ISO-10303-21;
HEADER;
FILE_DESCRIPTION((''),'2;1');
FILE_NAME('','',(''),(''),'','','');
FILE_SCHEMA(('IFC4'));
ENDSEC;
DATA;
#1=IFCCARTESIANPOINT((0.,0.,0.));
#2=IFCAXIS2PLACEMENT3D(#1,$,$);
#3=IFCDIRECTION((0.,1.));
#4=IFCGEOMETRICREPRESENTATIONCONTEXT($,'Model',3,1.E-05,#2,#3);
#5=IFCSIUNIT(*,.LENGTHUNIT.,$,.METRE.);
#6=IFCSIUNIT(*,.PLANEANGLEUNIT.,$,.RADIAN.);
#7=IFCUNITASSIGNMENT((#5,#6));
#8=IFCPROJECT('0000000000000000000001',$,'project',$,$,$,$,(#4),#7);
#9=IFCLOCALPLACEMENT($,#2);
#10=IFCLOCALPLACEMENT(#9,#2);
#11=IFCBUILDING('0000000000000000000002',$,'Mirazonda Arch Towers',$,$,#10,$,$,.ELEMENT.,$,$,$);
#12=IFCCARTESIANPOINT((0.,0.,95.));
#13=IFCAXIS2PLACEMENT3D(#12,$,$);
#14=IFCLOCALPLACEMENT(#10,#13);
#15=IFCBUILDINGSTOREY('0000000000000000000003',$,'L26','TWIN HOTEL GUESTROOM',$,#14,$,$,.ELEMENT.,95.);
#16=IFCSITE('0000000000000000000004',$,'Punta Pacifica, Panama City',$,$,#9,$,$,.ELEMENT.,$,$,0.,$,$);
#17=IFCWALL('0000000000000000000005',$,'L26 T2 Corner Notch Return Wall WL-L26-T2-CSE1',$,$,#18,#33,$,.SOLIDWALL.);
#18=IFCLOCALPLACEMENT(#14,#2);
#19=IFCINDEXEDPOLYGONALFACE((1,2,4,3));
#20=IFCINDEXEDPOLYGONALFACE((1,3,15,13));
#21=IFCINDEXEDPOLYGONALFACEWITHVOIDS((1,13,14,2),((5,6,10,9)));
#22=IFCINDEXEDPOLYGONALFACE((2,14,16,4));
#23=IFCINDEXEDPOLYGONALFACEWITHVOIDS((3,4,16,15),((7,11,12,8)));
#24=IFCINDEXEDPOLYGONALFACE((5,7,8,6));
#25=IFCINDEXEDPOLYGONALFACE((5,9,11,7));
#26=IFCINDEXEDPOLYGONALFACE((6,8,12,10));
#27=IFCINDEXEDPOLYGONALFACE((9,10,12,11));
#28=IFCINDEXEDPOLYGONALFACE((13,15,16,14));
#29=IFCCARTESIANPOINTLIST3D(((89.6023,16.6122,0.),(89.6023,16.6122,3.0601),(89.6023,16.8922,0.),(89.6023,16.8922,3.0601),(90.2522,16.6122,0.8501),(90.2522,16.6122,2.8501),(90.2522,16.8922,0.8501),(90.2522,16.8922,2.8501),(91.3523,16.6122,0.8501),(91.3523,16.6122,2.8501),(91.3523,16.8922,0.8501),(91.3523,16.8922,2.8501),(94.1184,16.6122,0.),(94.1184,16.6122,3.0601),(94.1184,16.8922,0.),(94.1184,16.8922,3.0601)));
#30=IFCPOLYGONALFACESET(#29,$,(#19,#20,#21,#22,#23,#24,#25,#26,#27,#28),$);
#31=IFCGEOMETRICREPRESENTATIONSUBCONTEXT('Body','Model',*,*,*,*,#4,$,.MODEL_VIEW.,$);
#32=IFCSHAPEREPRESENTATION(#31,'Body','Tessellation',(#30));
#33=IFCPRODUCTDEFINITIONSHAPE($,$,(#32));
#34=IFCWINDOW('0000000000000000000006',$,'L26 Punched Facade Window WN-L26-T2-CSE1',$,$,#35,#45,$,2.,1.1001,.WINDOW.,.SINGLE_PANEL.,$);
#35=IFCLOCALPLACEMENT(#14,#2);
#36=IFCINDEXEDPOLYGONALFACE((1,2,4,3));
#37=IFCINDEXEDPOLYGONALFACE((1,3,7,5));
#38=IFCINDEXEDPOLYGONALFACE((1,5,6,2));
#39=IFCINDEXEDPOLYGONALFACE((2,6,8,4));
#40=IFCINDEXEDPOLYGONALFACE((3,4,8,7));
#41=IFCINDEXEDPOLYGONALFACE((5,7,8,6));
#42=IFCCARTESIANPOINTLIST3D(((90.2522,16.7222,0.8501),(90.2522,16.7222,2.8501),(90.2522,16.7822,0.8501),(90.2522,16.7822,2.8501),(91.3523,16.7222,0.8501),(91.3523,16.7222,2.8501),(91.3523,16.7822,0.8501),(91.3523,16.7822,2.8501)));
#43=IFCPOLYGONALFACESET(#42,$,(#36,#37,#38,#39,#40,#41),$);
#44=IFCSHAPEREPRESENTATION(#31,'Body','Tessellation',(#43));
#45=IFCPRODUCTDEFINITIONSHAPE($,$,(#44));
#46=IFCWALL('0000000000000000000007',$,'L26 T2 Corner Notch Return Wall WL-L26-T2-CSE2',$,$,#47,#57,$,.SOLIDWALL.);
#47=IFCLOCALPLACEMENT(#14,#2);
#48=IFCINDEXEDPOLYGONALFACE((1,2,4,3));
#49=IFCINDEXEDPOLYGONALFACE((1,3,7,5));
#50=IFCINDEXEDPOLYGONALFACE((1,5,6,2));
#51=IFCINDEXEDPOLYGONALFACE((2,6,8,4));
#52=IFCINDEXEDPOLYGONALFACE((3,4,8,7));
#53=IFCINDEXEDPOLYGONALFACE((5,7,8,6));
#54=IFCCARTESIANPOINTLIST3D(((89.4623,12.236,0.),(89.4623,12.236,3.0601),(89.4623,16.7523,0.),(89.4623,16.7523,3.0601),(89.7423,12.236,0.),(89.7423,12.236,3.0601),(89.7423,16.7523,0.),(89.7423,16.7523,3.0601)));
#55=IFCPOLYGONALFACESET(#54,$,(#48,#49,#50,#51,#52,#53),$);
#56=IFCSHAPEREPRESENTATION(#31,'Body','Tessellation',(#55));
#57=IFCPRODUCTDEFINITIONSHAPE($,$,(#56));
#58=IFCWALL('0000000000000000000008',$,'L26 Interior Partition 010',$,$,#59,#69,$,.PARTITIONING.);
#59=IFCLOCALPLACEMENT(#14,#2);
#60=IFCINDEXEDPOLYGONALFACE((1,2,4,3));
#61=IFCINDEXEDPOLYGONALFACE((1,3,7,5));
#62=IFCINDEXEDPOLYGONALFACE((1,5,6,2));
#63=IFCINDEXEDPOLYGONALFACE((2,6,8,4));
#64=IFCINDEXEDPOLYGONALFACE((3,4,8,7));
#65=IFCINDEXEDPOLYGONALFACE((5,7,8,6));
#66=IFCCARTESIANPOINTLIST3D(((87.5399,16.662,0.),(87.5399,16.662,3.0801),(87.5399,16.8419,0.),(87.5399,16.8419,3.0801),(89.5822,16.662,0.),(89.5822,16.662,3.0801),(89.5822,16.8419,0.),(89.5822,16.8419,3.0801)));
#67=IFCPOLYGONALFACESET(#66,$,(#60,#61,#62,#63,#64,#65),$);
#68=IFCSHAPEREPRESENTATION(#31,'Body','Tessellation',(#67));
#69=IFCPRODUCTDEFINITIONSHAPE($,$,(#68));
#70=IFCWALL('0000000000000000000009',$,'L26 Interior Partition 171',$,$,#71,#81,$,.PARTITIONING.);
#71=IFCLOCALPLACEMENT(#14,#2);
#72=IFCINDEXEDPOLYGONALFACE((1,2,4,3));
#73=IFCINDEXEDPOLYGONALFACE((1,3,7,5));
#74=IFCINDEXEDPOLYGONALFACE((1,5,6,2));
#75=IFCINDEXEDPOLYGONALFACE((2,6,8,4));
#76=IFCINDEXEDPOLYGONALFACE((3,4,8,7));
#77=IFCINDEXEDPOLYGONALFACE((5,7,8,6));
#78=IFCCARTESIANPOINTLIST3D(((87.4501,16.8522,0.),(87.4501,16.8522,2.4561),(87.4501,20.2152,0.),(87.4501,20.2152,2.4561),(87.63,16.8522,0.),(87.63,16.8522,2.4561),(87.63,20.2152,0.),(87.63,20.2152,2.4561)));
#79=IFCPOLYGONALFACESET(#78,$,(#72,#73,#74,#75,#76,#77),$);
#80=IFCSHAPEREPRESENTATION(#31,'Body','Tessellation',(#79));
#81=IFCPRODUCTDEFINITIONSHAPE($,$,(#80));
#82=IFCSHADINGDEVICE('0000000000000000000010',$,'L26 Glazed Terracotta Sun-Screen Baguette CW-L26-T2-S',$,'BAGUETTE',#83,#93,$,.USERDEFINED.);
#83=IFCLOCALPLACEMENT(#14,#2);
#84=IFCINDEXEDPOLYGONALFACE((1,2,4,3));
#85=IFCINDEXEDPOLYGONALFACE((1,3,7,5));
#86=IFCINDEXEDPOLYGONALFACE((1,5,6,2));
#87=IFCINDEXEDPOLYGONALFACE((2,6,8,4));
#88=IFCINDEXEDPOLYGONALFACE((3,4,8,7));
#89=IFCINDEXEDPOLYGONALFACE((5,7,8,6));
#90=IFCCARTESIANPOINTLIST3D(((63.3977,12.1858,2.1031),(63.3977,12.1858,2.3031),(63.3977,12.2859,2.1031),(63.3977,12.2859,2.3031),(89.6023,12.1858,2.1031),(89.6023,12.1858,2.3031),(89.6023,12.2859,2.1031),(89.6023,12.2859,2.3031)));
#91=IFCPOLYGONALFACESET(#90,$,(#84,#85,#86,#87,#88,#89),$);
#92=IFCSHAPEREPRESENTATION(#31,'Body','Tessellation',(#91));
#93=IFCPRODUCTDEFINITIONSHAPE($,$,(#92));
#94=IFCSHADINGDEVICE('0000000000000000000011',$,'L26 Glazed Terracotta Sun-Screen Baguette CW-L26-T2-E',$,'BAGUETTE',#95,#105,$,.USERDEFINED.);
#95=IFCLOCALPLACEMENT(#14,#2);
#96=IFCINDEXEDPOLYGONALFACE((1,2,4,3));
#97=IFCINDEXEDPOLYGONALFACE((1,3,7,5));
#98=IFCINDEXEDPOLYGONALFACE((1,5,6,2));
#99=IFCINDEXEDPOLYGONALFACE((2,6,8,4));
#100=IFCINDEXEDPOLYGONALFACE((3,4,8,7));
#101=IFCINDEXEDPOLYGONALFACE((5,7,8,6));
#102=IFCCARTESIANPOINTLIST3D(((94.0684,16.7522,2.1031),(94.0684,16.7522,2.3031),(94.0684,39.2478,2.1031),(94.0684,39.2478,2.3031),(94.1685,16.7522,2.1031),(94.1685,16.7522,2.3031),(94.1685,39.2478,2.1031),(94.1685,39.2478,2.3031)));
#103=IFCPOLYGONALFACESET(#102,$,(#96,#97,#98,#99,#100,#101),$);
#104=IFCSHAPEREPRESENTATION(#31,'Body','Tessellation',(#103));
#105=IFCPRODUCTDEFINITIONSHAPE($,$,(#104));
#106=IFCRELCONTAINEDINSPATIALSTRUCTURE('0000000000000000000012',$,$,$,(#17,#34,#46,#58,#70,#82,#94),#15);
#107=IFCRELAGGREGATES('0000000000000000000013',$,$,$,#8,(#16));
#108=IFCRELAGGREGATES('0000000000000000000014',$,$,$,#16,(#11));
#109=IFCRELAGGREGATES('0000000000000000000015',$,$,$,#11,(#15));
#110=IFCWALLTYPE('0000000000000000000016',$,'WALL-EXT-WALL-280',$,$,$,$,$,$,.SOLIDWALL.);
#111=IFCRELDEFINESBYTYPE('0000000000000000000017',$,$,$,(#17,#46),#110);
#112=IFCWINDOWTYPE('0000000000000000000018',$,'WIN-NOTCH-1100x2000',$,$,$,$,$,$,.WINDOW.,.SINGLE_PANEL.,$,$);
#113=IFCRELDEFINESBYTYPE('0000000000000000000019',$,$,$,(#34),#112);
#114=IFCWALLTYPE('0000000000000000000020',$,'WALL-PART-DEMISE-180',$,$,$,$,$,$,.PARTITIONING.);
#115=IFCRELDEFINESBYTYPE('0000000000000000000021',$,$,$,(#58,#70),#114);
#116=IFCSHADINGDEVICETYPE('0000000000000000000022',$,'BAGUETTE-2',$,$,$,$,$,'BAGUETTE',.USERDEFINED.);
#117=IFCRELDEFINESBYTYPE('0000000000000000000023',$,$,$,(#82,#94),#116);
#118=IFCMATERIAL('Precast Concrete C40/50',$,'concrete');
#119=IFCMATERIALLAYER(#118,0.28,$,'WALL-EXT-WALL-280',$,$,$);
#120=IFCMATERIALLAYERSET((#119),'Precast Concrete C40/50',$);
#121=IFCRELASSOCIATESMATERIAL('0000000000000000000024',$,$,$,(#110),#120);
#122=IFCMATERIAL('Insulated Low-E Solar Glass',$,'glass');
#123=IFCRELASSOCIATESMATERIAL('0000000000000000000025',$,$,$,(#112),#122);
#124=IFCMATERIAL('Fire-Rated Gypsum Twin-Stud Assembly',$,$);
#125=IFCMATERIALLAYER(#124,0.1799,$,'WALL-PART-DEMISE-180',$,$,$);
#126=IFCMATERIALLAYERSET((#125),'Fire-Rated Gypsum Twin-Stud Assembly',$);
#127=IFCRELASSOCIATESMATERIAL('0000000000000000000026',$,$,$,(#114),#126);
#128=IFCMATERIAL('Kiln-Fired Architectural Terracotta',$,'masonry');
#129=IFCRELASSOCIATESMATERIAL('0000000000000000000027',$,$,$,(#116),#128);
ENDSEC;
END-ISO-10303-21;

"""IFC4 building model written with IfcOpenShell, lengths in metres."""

from ifc_helpers import new_model, si_unit, direction, frame, frame_2d, origin, origin_2d, place, context, subcontext, project, spatial, rectangle, extrude, material, layer, layer_set, material_profile, profile_set, type_object, element, fill, save


model = new_model("IFC4")

# Units and contexts
model_context = context("Model", 3, precision=1e-05, world=origin(), true_north=direction((0.0, 1.0)))
body_context = subcontext(model_context, "Body", "Model", "MODEL_VIEW")
ifc_project = project(units=[si_unit("LENGTHUNIT", "METRE"), si_unit("PLANEANGLEUNIT", "RADIAN")], contexts=[model_context])

# Site, building, storey
site_placement = place(None, origin())
site = spatial("IfcSite", under=ifc_project, at=site_placement, Name="Punta Pacifica, Panama City", CompositionType="ELEMENT", RefElevation=0.0)
building_placement = place(site_placement, origin())
building = spatial("IfcBuilding", under=site, at=building_placement, Name="Mirazonda Arch Towers", CompositionType="ELEMENT")
storey_placement = place(building_placement, frame((0.0, 0.0, 95.0)))
storey = spatial("IfcBuildingStorey", under=building, at=storey_placement, Name="L26", Description="TWIN HOTEL GUESTROOM", CompositionType="ELEMENT", Elevation=95.0)

# Shared definitions
ifc_material_1 = material(Name="Insulated Low-E Solar Glass", Category="glass")

# Wall, opening, window
ifc_material_2 = material(Name="Precast Concrete C40/50", Category="concrete")
ifc_layer_1 = layer(ifc_material_2, 0.28, Name="WALL-EXT-WALL-280")
ifc_layer_set_1 = layer_set([ifc_layer_1], Name="Precast Concrete C40/50")
wall_type_1 = type_object("IfcWallType", Name="WALL-EXT-WALL-280", PredefinedType="SOLIDWALL", material=ifc_layer_set_1)
wall_1_placement = place(storey_placement, frame((89.6023, 16.7522, 0.0), z_axis=(0.0, 0.0, 1.0), x_axis=(1.0, 0.0, 0.0)))
wall_1 = element("IfcWall", 1, at=wall_1_placement, inside=storey, type_object=wall_type_1, Name="L26 T2 Corner Notch Return Wall WL-L26-T2-CSE1", PredefinedType="SOLIDWALL", context=body_context, shape_type="SweptSolid", body=[
    extrude(rectangle(XDim=4.5161, YDim=0.28, at=frame_2d((2.2581, 0.0))), origin(), (0.0, 0.0, 1.0), 3.0601),
])
opening_placement = place(wall_1_placement, frame((0.6499, 0.0, 0.8501)))
opening = element("IfcOpeningElement", 2, at=opening_placement, cuts=wall_1, PredefinedType="OPENING", context=body_context, shape_type="SweptSolid", body=[
    extrude(rectangle(XDim=1.1001, YDim=2.0, at=frame_2d((0.55, 1.0))), frame((0.0, 0.1499, 0.0), z_axis=(0.0, -1.0, 0.0), x_axis=(1.0, 0.0, 0.0)), (0.0, 0.0, 1.0), 0.3),
])
window_type = type_object("IfcWindowType", Name="WIN-NOTCH-1100x2000", PartitioningType="SINGLE_PANEL", PredefinedType="WINDOW", material=ifc_material_1)
window_placement = place(opening_placement, origin())
window = element("IfcWindow", 3, at=window_placement, inside=storey, type_object=window_type, Name="L26 Punched Facade Window WN-L26-T2-CSE1", OverallHeight=2.0, OverallWidth=1.1001, PartitioningType="SINGLE_PANEL", PredefinedType="WINDOW", context=body_context, shape_type="SweptSolid", body=[
    extrude(rectangle(XDim=1.1001, YDim=2.0, at=frame_2d((0.55, 1.0))), frame((0.0, 0.03, 0.0), z_axis=(0.0, -1.0, 0.0), x_axis=(1.0, 0.0, 0.0)), (0.0, 0.0, 1.0), 0.0601),
])
fill(opening, window)

# Walls
wall_2_placement = place(storey_placement, frame((89.6023, 12.2358, 0.0), z_axis=(0.0, 0.0, 1.0), x_axis=(0.0, 1.0, 0.0)))
element("IfcWall", 4, at=wall_2_placement, inside=storey, type_object=wall_type_1, Name="L26 T2 Corner Notch Return Wall WL-L26-T2-CSE2", PredefinedType="SOLIDWALL", context=body_context, shape_type="SweptSolid", body=[
    extrude(rectangle(XDim=4.5164, YDim=0.28, at=frame_2d((2.2583, 0.0))), origin(), (0.0, 0.0, 1.0), 3.0601),
])
ifc_material_3 = material(Name="Fire-Rated Gypsum Twin-Stud Assembly")
ifc_layer_2 = layer(ifc_material_3, 0.1799, Name="WALL-PART-DEMISE-180")
ifc_layer_set_2 = layer_set([ifc_layer_2], Name="Fire-Rated Gypsum Twin-Stud Assembly")
wall_type_2 = type_object("IfcWallType", Name="WALL-PART-DEMISE-180", PredefinedType="PARTITIONING", material=ifc_layer_set_2)
wall_3_placement = place(storey_placement, frame((87.54, 16.752, 0.0), z_axis=(0.0, 0.0, 1.0), x_axis=(1.0, 0.0, 0.0)))
element("IfcWall", 5, at=wall_3_placement, inside=storey, type_object=wall_type_2, Name="L26 Interior Partition 010", PredefinedType="PARTITIONING", context=body_context, shape_type="SweptSolid", body=[
    extrude(rectangle(XDim=2.0422, YDim=0.1799, at=frame_2d((1.021, 0.0))), origin(), (0.0, 0.0, 1.0), 3.0801),
])
wall_4_placement = place(storey_placement, frame((87.54, 16.8521, 0.0), z_axis=(0.0, 0.0, 1.0), x_axis=(0.0, 1.0, 0.0)))
element("IfcWall", 6, at=wall_4_placement, inside=storey, type_object=wall_type_2, Name="L26 Interior Partition 171", PredefinedType="PARTITIONING", context=body_context, shape_type="SweptSolid", body=[
    extrude(rectangle(XDim=3.363, YDim=0.1799, at=frame_2d((1.6816, 0.0))), origin(), (0.0, 0.0, 1.0), 2.4561),
])

# Shading devices
ifc_material_4 = material(Name="Kiln-Fired Architectural Terracotta", Category="masonry")
ifc_material_profile_1 = material_profile(ifc_material_4, rectangle(XDim=0.1001, YDim=0.2, at=origin_2d()), Name="TERRA-BAG-100x200")
ifc_profile_set_1 = profile_set([ifc_material_profile_1], Name="Kiln-Fired Architectural Terracotta")
shading_device_type = type_object("IfcShadingDeviceType", Name="BAGUETTE-2", ElementType="BAGUETTE", PredefinedType="USERDEFINED", material=ifc_profile_set_1)
shading_device_1_placement = place(storey_placement, frame((89.6023, 12.2358, 2.2031), z_axis=(-1.0, 0.0, 0.0), x_axis=(0.0, -1.0, 0.0)))
element("IfcShadingDevice", 7, at=shading_device_1_placement, inside=storey, type_object=shading_device_type, Name="L26 Glazed Terracotta Sun-Screen Baguette CW-L26-T2-S", ObjectType="BAGUETTE", PredefinedType="USERDEFINED", context=body_context, shape_type="SweptSolid", body=[
    extrude(rectangle(XDim=0.1001, YDim=0.2, at=origin_2d()), origin(), (0.0, 0.0, 1.0), 26.2046),
])
shading_device_2_placement = place(storey_placement, frame((94.1184, 16.7522, 2.2031), z_axis=(0.0, 1.0, 0.0), x_axis=(-1.0, 0.0, 0.0)))
element("IfcShadingDevice", 8, at=shading_device_2_placement, inside=storey, type_object=shading_device_type, Name="L26 Glazed Terracotta Sun-Screen Baguette CW-L26-T2-E", ObjectType="BAGUETTE", PredefinedType="USERDEFINED", context=body_context, shape_type="SweptSolid", body=[
    extrude(rectangle(XDim=0.1001, YDim=0.2, at=origin_2d()), origin(), (0.0, 0.0, 1.0), 22.4956),
])

save(model, "model.ifc")
